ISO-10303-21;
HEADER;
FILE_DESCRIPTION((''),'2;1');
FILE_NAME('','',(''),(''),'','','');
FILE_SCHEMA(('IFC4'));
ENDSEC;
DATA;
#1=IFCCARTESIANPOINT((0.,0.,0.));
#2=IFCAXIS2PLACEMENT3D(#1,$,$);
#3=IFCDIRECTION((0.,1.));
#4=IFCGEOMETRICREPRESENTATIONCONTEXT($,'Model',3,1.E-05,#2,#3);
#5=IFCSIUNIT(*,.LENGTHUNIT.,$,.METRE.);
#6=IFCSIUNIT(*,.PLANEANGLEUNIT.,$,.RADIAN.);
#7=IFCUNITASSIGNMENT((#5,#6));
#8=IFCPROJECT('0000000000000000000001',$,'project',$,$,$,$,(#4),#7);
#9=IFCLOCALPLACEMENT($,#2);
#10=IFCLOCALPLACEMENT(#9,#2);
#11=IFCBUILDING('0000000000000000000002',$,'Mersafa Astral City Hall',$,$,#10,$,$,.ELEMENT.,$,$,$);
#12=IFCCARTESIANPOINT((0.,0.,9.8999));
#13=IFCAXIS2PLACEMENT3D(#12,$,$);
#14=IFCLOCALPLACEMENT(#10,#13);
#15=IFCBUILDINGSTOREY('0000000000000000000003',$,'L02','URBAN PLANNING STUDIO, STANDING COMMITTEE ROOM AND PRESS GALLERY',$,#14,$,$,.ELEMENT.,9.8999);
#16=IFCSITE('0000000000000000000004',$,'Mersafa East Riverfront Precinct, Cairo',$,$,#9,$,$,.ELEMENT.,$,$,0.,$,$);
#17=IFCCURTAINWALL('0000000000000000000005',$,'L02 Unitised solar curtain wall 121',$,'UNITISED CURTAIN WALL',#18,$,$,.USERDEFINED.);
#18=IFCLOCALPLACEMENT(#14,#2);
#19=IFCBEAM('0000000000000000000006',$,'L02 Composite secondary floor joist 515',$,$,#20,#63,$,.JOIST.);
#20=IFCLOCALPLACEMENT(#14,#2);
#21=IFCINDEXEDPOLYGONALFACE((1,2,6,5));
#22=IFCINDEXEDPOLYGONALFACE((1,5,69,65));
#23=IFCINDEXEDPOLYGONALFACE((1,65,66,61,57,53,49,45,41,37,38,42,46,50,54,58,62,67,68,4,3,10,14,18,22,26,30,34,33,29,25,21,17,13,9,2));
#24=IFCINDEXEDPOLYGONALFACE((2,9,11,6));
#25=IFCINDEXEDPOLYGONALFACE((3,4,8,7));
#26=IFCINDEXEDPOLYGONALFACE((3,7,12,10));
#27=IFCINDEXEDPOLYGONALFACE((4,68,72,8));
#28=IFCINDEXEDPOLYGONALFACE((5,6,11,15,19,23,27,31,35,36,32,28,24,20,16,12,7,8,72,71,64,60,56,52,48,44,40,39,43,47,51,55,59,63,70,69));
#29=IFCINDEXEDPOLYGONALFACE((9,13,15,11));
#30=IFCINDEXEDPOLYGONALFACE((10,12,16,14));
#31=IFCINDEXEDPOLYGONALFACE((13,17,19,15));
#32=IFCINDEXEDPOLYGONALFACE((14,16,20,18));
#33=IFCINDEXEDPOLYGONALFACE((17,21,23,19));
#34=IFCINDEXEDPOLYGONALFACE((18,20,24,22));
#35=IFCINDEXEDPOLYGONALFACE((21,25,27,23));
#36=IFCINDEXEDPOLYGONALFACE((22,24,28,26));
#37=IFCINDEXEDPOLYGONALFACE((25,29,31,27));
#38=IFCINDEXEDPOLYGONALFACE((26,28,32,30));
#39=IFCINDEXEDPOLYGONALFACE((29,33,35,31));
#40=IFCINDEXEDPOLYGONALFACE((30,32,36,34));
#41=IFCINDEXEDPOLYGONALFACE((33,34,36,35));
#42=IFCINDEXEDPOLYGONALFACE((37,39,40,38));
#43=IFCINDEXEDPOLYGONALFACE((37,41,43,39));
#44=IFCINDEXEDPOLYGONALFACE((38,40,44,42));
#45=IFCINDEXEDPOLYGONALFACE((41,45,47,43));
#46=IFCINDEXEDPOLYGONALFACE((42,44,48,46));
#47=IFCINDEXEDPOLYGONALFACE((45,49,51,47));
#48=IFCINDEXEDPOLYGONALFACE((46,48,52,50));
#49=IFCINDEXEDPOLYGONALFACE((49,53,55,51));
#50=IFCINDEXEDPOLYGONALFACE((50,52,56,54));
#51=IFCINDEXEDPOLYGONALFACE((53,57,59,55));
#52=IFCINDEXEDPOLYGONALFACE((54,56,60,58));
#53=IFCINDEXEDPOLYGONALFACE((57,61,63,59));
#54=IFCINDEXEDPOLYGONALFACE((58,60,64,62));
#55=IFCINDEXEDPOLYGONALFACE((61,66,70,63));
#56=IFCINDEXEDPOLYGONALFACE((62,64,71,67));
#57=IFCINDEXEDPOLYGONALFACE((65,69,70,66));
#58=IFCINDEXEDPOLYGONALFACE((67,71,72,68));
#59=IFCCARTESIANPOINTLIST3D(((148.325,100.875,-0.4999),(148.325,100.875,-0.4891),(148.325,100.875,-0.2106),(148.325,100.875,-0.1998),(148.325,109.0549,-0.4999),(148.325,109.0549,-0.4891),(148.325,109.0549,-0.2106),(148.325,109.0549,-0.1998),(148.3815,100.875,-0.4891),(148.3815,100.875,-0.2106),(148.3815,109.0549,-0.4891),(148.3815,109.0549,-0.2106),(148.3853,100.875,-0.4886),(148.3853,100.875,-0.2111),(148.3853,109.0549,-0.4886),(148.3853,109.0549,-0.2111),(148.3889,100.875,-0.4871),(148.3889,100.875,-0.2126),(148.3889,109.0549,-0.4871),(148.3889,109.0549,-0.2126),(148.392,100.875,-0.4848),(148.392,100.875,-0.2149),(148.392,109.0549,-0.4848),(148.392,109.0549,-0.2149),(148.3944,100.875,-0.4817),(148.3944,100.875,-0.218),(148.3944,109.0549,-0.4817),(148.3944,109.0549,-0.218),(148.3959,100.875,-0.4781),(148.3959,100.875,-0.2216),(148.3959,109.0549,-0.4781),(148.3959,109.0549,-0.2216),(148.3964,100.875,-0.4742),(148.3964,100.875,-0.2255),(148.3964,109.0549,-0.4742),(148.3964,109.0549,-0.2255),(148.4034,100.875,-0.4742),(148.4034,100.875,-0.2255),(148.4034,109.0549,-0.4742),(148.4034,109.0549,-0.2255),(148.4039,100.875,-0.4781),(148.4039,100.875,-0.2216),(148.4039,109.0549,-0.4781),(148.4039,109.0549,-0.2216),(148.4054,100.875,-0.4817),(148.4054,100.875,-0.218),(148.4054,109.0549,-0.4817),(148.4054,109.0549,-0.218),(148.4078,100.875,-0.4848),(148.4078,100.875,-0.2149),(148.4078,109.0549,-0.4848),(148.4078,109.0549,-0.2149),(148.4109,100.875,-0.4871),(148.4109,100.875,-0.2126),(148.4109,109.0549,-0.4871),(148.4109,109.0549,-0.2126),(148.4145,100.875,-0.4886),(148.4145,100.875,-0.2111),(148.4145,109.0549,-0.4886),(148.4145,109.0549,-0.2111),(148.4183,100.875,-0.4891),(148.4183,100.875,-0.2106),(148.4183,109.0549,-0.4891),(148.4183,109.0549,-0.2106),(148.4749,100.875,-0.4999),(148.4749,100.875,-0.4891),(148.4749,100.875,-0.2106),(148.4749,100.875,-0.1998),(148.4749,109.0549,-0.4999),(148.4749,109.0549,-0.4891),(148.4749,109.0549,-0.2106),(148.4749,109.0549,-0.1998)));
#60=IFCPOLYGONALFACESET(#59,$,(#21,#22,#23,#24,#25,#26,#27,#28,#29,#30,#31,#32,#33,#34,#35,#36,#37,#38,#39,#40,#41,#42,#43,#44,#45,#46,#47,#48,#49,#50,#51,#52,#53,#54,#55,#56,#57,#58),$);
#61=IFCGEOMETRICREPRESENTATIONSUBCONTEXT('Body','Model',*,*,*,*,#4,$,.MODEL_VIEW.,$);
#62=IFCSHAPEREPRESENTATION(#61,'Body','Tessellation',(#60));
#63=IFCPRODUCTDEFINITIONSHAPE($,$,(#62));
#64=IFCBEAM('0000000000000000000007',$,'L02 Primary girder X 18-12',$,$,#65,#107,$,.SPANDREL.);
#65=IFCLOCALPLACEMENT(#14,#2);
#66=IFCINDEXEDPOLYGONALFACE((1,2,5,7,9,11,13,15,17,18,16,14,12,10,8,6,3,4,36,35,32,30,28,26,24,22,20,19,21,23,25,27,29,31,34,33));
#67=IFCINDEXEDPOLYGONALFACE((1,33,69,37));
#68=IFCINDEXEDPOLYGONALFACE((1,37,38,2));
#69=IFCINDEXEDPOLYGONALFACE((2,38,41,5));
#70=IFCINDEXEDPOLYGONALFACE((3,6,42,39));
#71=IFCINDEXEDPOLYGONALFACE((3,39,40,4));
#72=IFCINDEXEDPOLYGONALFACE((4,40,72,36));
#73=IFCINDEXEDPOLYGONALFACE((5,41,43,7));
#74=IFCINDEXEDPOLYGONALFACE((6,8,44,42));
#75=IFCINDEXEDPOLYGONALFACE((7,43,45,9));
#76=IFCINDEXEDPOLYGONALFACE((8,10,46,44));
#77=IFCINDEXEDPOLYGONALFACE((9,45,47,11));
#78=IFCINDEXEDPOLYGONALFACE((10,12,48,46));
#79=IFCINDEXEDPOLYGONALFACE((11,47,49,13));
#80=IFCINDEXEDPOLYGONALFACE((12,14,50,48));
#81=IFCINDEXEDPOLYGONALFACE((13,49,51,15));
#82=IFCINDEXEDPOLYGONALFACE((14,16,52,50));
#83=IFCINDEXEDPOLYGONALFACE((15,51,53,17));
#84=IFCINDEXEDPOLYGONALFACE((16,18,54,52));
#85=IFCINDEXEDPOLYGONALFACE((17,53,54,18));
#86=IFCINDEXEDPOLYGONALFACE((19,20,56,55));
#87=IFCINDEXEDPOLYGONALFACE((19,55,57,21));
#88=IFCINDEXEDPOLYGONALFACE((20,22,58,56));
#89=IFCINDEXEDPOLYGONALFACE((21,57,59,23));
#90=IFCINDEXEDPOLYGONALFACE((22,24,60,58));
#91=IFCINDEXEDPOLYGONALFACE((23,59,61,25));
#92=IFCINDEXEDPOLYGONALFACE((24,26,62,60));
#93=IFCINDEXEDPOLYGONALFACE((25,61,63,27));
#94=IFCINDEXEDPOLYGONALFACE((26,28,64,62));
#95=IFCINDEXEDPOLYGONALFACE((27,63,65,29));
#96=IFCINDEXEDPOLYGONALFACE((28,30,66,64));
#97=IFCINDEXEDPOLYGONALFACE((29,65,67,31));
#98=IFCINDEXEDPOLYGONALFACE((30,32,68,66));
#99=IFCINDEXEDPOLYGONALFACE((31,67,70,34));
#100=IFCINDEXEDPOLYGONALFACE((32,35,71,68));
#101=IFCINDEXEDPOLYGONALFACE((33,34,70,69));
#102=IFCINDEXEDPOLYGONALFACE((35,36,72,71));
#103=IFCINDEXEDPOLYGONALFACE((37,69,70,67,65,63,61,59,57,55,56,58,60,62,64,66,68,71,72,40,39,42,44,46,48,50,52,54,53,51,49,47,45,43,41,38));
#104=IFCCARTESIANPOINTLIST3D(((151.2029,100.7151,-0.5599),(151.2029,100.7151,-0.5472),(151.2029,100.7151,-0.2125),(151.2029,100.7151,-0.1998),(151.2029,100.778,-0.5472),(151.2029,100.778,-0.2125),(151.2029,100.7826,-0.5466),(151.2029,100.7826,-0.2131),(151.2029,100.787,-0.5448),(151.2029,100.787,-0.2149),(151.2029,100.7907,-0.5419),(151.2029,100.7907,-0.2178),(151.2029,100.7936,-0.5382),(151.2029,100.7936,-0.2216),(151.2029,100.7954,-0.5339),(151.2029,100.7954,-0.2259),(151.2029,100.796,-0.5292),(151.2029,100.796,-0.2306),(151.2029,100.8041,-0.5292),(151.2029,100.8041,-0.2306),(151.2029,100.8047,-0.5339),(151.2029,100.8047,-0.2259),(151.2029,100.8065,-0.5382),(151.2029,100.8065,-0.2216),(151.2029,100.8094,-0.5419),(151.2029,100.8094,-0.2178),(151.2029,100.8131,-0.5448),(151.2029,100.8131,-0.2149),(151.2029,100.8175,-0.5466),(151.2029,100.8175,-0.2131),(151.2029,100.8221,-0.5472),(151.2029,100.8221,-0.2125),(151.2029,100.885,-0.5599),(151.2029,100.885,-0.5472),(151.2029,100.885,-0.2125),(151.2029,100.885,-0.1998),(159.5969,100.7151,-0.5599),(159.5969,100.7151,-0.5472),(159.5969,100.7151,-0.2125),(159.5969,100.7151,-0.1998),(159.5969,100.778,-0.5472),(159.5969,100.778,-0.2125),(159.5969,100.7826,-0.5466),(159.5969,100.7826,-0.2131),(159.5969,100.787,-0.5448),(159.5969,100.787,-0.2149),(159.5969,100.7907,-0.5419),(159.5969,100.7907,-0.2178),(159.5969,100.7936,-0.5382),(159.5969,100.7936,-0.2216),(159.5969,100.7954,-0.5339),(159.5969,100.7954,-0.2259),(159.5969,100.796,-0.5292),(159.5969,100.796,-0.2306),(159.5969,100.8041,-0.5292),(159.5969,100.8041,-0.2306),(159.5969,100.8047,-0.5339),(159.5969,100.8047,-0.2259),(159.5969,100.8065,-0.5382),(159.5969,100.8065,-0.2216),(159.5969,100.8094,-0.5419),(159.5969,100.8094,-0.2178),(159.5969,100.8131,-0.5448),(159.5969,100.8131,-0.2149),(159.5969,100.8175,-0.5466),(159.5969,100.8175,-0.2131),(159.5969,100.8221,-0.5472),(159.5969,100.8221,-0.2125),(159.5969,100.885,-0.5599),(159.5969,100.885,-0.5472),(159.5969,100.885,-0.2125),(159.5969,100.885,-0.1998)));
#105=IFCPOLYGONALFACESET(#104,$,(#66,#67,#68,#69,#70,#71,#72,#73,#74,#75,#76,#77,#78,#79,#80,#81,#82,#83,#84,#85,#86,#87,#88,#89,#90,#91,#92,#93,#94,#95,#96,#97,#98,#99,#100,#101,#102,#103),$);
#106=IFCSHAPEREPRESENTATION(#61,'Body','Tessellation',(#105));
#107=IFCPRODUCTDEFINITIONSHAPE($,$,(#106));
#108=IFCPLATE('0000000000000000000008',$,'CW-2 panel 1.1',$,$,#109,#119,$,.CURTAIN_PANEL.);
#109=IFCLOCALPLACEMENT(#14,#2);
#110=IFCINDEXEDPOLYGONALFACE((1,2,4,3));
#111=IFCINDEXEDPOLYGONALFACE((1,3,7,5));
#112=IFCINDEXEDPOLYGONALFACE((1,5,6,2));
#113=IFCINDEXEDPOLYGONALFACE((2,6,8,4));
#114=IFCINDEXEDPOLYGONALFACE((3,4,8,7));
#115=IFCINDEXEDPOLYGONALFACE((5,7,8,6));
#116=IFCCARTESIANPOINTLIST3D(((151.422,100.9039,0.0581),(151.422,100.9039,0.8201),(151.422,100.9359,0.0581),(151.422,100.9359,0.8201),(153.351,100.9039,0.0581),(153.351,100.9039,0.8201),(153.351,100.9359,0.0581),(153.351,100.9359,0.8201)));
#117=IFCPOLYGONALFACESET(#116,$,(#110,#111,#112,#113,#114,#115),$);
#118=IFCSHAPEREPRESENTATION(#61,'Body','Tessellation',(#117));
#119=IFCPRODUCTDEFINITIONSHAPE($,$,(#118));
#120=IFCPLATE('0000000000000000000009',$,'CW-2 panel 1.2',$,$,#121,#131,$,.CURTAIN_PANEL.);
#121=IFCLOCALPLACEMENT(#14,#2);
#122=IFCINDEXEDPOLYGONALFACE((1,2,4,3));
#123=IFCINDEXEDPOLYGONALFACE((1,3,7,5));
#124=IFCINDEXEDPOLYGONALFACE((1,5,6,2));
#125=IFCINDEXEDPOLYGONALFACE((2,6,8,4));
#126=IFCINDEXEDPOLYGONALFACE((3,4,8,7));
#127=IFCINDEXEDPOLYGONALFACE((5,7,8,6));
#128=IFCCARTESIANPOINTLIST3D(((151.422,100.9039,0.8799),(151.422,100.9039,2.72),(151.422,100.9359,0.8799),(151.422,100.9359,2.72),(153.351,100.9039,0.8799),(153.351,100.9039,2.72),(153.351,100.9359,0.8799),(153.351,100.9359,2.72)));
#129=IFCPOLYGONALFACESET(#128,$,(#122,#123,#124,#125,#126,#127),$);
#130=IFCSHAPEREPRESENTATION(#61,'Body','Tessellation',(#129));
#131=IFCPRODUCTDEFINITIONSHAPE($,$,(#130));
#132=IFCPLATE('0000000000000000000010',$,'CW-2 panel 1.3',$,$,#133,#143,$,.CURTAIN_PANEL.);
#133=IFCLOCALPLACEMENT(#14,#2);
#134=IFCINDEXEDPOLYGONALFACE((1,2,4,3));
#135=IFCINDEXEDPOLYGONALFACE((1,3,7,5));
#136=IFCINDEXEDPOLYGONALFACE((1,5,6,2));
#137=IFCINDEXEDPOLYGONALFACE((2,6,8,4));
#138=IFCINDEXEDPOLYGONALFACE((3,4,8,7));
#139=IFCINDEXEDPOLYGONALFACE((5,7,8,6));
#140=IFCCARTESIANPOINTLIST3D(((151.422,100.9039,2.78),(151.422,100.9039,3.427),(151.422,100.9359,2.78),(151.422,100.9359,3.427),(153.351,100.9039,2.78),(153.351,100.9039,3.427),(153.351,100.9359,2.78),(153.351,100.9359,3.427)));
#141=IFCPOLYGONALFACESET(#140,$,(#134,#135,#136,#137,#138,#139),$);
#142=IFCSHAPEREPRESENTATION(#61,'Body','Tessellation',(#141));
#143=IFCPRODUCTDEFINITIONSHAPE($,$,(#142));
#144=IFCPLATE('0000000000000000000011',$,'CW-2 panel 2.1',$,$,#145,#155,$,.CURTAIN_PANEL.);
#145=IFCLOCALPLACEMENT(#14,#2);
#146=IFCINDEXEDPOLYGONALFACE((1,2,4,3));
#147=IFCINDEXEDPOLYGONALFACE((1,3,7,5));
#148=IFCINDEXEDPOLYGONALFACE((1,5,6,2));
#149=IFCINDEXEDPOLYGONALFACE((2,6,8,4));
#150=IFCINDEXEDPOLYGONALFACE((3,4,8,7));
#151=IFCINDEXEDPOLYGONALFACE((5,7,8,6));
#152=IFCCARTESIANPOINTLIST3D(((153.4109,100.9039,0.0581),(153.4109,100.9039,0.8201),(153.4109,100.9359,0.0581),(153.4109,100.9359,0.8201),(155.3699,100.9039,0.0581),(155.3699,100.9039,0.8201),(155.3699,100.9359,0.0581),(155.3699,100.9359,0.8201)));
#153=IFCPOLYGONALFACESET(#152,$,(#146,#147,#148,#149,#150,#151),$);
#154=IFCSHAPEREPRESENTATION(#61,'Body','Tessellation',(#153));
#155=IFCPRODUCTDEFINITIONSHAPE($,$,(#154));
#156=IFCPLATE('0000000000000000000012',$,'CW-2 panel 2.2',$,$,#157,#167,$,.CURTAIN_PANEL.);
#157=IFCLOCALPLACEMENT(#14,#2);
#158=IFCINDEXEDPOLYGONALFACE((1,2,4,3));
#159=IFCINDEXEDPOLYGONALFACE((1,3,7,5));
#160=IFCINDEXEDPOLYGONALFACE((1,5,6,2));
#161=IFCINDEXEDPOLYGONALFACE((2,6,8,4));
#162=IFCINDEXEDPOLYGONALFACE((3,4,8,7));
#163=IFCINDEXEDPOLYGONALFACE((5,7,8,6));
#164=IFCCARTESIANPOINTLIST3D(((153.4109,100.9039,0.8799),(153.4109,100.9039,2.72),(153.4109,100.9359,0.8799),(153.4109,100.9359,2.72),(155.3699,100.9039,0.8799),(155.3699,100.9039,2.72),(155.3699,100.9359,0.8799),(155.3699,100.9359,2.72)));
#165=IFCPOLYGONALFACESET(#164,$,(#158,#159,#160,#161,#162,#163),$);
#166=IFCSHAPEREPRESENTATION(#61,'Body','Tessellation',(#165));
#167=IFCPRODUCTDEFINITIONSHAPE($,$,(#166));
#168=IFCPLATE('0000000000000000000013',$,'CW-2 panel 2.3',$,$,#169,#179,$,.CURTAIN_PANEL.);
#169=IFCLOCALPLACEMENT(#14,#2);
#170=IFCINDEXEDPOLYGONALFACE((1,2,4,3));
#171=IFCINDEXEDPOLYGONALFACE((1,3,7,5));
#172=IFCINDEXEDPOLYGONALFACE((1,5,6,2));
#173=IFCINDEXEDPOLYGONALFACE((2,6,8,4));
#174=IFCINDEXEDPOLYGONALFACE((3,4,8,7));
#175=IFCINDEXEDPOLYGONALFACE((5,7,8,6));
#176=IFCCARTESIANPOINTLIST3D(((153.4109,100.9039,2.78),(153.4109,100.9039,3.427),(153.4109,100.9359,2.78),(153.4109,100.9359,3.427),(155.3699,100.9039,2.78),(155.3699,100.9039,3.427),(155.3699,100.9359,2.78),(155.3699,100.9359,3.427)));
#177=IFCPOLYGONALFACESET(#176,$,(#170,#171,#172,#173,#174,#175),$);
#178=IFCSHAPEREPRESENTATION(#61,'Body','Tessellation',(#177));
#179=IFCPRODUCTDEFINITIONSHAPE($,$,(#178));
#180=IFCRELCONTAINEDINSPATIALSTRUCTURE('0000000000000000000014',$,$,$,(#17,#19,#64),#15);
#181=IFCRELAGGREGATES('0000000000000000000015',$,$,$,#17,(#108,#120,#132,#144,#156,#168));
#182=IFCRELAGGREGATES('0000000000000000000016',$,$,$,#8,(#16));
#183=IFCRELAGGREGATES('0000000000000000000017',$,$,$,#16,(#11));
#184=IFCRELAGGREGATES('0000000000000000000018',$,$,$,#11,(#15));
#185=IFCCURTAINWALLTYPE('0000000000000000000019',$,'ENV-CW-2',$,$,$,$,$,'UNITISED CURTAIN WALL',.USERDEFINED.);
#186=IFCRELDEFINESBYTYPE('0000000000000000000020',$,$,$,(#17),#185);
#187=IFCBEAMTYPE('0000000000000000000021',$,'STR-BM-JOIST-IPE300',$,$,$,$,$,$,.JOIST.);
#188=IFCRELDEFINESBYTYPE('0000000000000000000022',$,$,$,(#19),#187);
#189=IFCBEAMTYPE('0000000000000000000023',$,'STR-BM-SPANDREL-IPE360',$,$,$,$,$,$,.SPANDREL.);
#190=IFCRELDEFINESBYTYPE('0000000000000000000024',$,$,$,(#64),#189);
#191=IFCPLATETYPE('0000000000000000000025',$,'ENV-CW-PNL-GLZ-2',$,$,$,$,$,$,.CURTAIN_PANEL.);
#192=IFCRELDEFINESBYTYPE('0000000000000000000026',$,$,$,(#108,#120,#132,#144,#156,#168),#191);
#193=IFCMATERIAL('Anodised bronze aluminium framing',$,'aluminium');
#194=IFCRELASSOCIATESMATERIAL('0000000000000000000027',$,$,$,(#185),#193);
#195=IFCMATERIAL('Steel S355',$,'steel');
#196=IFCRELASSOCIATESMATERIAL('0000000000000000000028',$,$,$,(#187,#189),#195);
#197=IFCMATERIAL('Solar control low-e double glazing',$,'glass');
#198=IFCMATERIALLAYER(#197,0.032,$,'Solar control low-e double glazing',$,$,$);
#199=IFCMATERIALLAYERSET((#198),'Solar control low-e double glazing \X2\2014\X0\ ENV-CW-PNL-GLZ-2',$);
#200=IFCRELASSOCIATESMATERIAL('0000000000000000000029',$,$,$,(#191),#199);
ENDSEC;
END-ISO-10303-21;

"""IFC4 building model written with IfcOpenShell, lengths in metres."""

from ifc_helpers import new_model, si_unit, direction, frame, origin, origin_2d, place, context, subcontext, project, spatial, rectangle, i_section, extrude, material, layer, layer_set, material_profile, profile_set, type_object, element, aggregate, save


model = new_model("IFC4")

# Units and contexts
model_context = context("Model", 3, precision=1e-05, world=origin(), true_north=direction((0.0, 1.0)))
body_context = subcontext(model_context, "Body", "Model", "MODEL_VIEW")
ifc_project = project(units=[si_unit("LENGTHUNIT", "METRE"), si_unit("PLANEANGLEUNIT", "RADIAN")], contexts=[model_context])

# Site, building, storey
site_placement = place(None, origin())
site = spatial("IfcSite", under=ifc_project, at=site_placement, Name="Mersafa East Riverfront Precinct, Cairo", CompositionType="ELEMENT", RefElevation=0.0)
building_placement = place(site_placement, origin())
building = spatial("IfcBuilding", under=site, at=building_placement, Name="Mersafa Astral City Hall", CompositionType="ELEMENT")
storey_placement = place(building_placement, frame((0.0, 0.0, 9.8999)))
storey = spatial("IfcBuildingStorey", under=building, at=storey_placement, Name="L02", Description="URBAN PLANNING STUDIO, STANDING COMMITTEE ROOM AND PRESS GALLERY", CompositionType="ELEMENT", Elevation=9.8999)

# Shared definitions
ifc_material_1 = material(Name="Steel S355", Category="steel")

# Curtain wall
ifc_material_2 = material(Name="Anodised bronze aluminium framing", Category="aluminium")
curtain_wall_type = type_object("IfcCurtainWallType", Name="ENV-CW-2", ElementType="UNITISED CURTAIN WALL", PredefinedType="USERDEFINED", material=ifc_material_2)
curtain_wall_placement = place(storey_placement, origin())
curtain_wall = element("IfcCurtainWall", 1, at=curtain_wall_placement, inside=storey, type_object=curtain_wall_type, Name="L02 Unitised solar curtain wall 121", ObjectType="UNITISED CURTAIN WALL", PredefinedType="USERDEFINED")

# Beams
ifc_material_profile_1 = material_profile(ifc_material_1, i_section(OverallWidth=0.1499, OverallDepth=0.3, WebThickness=0.0071, FlangeThickness=0.0107, FilletRadius=0.0149, at=origin_2d()), Name="IPE 300")
ifc_profile_set_1 = profile_set([ifc_material_profile_1], Name="Steel S355")
beam_type_1 = type_object("IfcBeamType", Name="STR-BM-JOIST-IPE300", PredefinedType="JOIST", material=ifc_profile_set_1)
for number, where, z_axis, x_axis, name in (
    (2, (148.3999, 100.875, -0.3499), (0.0, 1.0, 0.0), (-1.0, 0.0, 0.0), "L02 Composite secondary floor joist 515"),
):
    element("IfcBeam", number, at=place(storey_placement, frame(where, z_axis=z_axis, x_axis=x_axis)), inside=storey, type_object=beam_type_1, Name=name, PredefinedType="JOIST", context=body_context, shape_type="SweptSolid", body=[
        extrude(i_section(OverallWidth=0.1499, OverallDepth=0.3, WebThickness=0.0071, FlangeThickness=0.0107, FilletRadius=0.0149, at=origin_2d()), origin(), (0.0, 0.0, 1.0), 8.1799),
    ])
ifc_material_profile_2 = material_profile(ifc_material_1, i_section(OverallWidth=0.1699, OverallDepth=0.3601, WebThickness=0.0081, FlangeThickness=0.0127, FilletRadius=0.0181, at=origin_2d()), Name="IPE 360")
ifc_profile_set_2 = profile_set([ifc_material_profile_2], Name="Steel S355")
beam_type_2 = type_object("IfcBeamType", Name="STR-BM-SPANDREL-IPE360", PredefinedType="SPANDREL", material=ifc_profile_set_2)
beam_1_placement = place(storey_placement, frame((151.2029, 100.8, -0.3799), z_axis=(1.0, 0.0, 0.0), x_axis=(0.0, 1.0, 0.0)))
element("IfcBeam", 3, at=beam_1_placement, inside=storey, type_object=beam_type_2, Name="L02 Primary girder X 18-12", PredefinedType="SPANDREL", context=body_context, shape_type="SweptSolid", body=[
    extrude(i_section(OverallWidth=0.1699, OverallDepth=0.3601, WebThickness=0.0081, FlangeThickness=0.0127, FilletRadius=0.0181, at=origin_2d()), origin(), (0.0, 0.0, 1.0), 8.394),
])

# Plates
ifc_material_3 = material(Name="Solar control low-e double glazing", Category="glass")
ifc_layer_1 = layer(ifc_material_3, 0.032, Name="Solar control low-e double glazing")
ifc_layer_set_1 = layer_set([ifc_layer_1], Name="Solar control low-e double glazing — ENV-CW-PNL-GLZ-2")
plate_type = type_object("IfcPlateType", Name="ENV-CW-PNL-GLZ-2", PredefinedType="CURTAIN_PANEL", material=ifc_layer_set_1)
plate_1_placement = place(storey_placement, frame((152.3865, 100.9199, 0.0581), z_axis=(0.0, 0.0, 1.0), x_axis=(1.0, 0.0, 0.0)))
plate_1 = element("IfcPlate", 4, at=plate_1_placement, type_object=plate_type, Name="CW-2 panel 1.1", PredefinedType="CURTAIN_PANEL", context=body_context, shape_type="SweptSolid", body=[
    extrude(rectangle(XDim=1.929, YDim=0.032, at=origin_2d()), origin(), (0.0, 0.0, 1.0), 0.762),
])
plate_2_placement = place(storey_placement, frame((152.3865, 100.9199, 0.8799), z_axis=(0.0, 0.0, 1.0), x_axis=(1.0, 0.0, 0.0)))
plate_2 = element("IfcPlate", 5, at=plate_2_placement, type_object=plate_type, Name="CW-2 panel 1.2", PredefinedType="CURTAIN_PANEL", context=body_context, shape_type="SweptSolid", body=[
    extrude(rectangle(XDim=1.929, YDim=0.032, at=origin_2d()), origin(), (0.0, 0.0, 1.0), 1.8401),
])
plate_3_placement = place(storey_placement, frame((152.3865, 100.9199, 2.78), z_axis=(0.0, 0.0, 1.0), x_axis=(1.0, 0.0, 0.0)))
plate_3 = element("IfcPlate", 6, at=plate_3_placement, type_object=plate_type, Name="CW-2 panel 1.3", PredefinedType="CURTAIN_PANEL", context=body_context, shape_type="SweptSolid", body=[
    extrude(rectangle(XDim=1.929, YDim=0.032, at=origin_2d()), origin(), (0.0, 0.0, 1.0), 0.647),
])
plate_4_placement = place(storey_placement, frame((154.3904, 100.9199, 0.0581), z_axis=(0.0, 0.0, 1.0), x_axis=(1.0, 0.0, 0.0)))
plate_4 = element("IfcPlate", 7, at=plate_4_placement, type_object=plate_type, Name="CW-2 panel 2.1", PredefinedType="CURTAIN_PANEL", context=body_context, shape_type="SweptSolid", body=[
    extrude(rectangle(XDim=1.959, YDim=0.032, at=origin_2d()), origin(), (0.0, 0.0, 1.0), 0.762),
])
plate_5_placement = place(storey_placement, frame((154.3904, 100.9199, 0.8799), z_axis=(0.0, 0.0, 1.0), x_axis=(1.0, 0.0, 0.0)))
plate_5 = element("IfcPlate", 8, at=plate_5_placement, type_object=plate_type, Name="CW-2 panel 2.2", PredefinedType="CURTAIN_PANEL", context=body_context, shape_type="SweptSolid", body=[
    extrude(rectangle(XDim=1.959, YDim=0.032, at=origin_2d()), origin(), (0.0, 0.0, 1.0), 1.8401),
])
plate_6_placement = place(storey_placement, frame((154.3904, 100.9199, 2.78), z_axis=(0.0, 0.0, 1.0), x_axis=(1.0, 0.0, 0.0)))
plate_6 = element("IfcPlate", 9, at=plate_6_placement, type_object=plate_type, Name="CW-2 panel 2.3", PredefinedType="CURTAIN_PANEL", context=body_context, shape_type="SweptSolid", body=[
    extrude(rectangle(XDim=1.959, YDim=0.032, at=origin_2d()), origin(), (0.0, 0.0, 1.0), 0.647),
])
aggregate(curtain_wall, [plate_1, plate_2, plate_3, plate_4, plate_5, plate_6])

save(model, "model.ifc")
